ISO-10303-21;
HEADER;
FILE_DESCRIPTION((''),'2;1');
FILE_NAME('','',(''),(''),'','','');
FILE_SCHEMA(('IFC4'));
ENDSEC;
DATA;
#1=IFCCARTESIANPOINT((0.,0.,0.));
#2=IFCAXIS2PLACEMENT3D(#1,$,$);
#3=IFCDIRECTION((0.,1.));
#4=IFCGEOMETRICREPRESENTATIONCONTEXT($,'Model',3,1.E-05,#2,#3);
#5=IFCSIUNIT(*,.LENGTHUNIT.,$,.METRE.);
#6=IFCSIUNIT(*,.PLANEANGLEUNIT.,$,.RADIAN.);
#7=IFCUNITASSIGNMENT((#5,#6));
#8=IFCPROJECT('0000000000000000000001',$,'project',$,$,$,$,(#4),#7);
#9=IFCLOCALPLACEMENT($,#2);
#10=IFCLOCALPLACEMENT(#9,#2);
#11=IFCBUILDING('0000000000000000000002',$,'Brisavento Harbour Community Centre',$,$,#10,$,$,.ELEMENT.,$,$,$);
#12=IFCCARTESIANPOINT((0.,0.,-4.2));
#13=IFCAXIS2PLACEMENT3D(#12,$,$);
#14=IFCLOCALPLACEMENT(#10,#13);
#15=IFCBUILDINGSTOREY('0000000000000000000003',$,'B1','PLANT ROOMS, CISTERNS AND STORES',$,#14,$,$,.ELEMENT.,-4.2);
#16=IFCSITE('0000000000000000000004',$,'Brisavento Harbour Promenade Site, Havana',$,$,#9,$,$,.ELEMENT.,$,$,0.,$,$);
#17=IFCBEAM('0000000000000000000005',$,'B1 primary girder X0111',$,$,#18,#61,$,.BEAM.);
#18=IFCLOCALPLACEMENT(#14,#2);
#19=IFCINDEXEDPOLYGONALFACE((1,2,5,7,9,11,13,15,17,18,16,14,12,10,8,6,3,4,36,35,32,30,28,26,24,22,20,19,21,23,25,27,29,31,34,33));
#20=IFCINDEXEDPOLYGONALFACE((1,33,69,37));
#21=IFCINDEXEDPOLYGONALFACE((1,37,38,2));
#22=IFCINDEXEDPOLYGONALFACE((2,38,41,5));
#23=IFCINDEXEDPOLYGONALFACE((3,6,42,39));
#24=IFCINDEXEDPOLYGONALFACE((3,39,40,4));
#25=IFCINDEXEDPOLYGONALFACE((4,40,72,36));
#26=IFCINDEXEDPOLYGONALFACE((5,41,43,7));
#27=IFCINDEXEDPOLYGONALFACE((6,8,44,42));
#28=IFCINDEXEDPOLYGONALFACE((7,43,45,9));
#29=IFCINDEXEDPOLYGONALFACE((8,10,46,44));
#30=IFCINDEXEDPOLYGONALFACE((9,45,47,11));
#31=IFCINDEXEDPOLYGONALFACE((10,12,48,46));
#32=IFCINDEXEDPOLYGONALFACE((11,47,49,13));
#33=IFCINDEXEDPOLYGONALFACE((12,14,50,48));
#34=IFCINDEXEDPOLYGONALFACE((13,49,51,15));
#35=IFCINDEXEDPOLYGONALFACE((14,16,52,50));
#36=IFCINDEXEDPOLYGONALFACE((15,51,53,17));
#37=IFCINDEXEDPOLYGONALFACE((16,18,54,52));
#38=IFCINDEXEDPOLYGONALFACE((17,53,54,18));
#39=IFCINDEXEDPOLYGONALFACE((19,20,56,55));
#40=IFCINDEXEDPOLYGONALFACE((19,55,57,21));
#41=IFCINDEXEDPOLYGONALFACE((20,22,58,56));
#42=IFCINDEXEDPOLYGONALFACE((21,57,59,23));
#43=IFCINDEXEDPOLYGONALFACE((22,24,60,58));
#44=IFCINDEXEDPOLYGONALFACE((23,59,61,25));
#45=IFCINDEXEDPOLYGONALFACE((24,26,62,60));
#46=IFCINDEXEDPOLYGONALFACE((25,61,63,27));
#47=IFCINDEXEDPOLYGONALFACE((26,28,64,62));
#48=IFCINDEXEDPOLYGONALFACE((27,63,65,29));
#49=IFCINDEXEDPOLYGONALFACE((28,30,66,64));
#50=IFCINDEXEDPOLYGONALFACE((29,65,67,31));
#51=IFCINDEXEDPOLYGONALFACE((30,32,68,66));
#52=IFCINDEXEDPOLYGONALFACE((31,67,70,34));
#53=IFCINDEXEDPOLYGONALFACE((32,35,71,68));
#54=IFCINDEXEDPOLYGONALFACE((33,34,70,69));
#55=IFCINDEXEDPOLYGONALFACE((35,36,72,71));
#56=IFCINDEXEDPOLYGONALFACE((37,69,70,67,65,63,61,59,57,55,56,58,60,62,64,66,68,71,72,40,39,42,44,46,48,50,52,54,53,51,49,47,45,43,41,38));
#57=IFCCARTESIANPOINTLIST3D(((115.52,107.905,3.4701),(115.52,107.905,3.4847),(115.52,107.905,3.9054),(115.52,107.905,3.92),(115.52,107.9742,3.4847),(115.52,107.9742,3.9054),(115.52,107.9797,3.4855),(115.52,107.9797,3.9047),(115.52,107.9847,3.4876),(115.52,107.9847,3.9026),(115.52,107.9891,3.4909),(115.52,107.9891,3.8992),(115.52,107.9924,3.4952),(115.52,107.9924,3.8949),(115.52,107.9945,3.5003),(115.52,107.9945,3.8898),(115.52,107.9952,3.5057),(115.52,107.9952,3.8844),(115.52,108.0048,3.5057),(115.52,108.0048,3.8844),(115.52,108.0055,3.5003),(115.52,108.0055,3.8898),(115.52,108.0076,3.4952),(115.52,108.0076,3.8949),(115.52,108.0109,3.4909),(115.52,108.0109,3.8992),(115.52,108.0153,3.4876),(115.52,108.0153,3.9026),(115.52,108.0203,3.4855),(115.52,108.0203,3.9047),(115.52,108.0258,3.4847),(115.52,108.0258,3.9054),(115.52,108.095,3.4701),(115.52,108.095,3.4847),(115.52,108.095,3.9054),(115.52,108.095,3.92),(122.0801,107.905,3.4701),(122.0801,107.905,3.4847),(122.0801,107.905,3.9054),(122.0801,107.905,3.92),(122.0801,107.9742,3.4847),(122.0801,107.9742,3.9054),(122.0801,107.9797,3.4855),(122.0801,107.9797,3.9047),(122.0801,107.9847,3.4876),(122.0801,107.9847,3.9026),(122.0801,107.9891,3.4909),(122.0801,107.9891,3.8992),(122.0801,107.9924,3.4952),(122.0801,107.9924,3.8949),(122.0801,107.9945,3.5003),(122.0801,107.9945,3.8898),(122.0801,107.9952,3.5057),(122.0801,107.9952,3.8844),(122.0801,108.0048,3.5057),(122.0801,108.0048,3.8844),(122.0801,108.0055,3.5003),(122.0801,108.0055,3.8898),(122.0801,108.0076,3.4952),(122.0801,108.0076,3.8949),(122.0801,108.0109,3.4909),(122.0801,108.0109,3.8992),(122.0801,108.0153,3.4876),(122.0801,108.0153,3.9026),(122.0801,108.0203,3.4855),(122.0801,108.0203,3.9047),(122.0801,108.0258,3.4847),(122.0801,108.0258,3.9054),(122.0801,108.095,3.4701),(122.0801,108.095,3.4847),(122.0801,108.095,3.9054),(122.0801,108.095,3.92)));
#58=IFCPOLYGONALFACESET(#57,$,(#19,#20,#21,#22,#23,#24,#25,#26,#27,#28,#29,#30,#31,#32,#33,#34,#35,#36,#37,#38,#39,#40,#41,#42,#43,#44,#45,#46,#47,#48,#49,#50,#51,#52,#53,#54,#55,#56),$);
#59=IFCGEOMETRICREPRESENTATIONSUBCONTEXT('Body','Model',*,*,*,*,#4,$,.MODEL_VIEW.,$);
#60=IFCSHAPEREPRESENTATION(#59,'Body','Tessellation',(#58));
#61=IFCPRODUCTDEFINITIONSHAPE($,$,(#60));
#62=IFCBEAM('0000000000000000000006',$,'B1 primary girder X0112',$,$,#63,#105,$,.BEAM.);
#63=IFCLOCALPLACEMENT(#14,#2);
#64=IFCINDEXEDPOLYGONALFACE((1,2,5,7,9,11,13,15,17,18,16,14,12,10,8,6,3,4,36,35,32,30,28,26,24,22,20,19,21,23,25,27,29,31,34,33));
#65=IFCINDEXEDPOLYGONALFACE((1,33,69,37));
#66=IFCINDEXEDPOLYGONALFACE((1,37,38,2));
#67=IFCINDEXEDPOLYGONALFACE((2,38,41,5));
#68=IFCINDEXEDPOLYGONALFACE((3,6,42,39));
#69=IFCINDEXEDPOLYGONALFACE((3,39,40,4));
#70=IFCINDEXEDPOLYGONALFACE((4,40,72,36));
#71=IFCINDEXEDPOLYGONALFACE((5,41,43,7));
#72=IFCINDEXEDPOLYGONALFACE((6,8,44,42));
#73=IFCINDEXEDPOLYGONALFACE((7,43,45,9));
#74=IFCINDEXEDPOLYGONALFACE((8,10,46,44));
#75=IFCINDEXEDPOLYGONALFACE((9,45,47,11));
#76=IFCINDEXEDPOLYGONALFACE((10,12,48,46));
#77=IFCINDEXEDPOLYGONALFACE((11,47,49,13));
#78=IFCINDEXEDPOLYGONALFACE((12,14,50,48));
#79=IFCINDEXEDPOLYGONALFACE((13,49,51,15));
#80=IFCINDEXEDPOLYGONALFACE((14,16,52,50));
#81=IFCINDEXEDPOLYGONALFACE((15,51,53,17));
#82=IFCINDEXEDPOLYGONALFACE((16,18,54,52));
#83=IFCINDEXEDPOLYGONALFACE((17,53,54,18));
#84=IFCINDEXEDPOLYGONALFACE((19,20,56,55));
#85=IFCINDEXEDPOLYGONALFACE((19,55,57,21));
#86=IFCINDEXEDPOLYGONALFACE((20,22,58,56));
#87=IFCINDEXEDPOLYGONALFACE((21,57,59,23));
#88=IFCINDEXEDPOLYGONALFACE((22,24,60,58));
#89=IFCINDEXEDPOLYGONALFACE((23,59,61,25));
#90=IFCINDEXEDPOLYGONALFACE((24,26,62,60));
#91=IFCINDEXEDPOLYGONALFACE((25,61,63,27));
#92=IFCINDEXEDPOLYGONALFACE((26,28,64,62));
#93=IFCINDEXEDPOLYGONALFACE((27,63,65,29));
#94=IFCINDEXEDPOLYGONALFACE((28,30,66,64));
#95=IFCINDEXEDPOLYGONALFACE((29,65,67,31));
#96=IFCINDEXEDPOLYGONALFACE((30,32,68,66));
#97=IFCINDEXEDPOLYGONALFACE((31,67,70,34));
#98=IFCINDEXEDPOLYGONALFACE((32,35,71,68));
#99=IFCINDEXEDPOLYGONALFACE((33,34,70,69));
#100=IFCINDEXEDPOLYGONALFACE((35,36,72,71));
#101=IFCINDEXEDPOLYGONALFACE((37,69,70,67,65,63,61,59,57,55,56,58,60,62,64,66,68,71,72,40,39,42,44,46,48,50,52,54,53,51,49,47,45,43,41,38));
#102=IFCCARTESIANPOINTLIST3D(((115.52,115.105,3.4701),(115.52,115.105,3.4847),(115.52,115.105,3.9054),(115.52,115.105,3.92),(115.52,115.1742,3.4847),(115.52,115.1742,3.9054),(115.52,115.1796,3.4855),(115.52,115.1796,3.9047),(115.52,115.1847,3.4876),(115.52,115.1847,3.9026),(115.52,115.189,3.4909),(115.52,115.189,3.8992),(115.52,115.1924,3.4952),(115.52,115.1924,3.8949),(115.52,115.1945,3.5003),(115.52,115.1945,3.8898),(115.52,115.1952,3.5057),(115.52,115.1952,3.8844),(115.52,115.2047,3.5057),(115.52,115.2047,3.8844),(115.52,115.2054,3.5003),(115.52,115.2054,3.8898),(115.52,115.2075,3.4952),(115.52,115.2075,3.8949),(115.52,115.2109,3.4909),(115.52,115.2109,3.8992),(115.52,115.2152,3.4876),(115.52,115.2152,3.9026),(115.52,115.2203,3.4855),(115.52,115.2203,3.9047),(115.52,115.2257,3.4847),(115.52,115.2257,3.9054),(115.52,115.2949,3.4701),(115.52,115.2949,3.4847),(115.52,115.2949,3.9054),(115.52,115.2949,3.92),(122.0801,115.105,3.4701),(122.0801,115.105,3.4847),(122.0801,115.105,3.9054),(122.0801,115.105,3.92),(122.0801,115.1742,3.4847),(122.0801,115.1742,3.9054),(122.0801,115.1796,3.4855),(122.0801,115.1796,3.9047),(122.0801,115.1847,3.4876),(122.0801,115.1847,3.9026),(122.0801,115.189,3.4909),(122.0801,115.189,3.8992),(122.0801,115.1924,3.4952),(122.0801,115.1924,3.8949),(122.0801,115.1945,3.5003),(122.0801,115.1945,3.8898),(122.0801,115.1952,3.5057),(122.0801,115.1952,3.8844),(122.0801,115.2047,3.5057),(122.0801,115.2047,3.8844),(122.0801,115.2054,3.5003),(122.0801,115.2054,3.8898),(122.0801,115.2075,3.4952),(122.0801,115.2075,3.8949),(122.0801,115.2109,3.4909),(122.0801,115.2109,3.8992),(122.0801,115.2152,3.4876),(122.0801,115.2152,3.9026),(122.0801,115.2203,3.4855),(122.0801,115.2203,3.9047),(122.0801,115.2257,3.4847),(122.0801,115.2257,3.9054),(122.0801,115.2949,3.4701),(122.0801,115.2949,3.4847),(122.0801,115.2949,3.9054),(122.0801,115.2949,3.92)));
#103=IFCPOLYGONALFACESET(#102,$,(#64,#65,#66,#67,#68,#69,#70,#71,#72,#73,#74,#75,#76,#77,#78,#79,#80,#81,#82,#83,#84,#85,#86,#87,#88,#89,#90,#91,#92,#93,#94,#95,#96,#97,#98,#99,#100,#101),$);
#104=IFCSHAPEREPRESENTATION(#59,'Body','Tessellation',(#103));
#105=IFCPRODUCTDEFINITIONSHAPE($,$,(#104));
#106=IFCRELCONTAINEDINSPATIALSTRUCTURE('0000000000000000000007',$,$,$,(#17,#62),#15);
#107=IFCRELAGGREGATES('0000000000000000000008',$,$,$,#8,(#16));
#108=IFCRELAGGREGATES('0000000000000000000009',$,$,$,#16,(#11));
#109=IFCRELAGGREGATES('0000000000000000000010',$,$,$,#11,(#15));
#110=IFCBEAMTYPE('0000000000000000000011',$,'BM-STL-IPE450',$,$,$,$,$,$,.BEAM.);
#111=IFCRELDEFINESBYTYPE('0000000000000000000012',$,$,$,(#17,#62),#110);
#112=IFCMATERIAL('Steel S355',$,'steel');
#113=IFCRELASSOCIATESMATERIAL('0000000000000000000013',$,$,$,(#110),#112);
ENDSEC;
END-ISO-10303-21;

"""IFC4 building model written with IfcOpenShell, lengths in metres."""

from ifc_helpers import new_model, si_unit, direction, frame, origin, origin_2d, place, context, subcontext, project, spatial, i_section, extrude, material, material_profile, profile_set, type_object, element, save


model = new_model("IFC4")

# Units and contexts
model_context = context("Model", 3, precision=1e-05, world=origin(), true_north=direction((0.0, 1.0)))
body_context = subcontext(model_context, "Body", "Model", "MODEL_VIEW")
ifc_project = project(units=[si_unit("LENGTHUNIT", "METRE"), si_unit("PLANEANGLEUNIT", "RADIAN")], contexts=[model_context])

# Site, building, storey
site_placement = place(None, origin())
site = spatial("IfcSite", under=ifc_project, at=site_placement, Name="Brisavento Harbour Promenade Site, Havana", CompositionType="ELEMENT", RefElevation=0.0)
building_placement = place(site_placement, origin())
building = spatial("IfcBuilding", under=site, at=building_placement, Name="Brisavento Harbour Community Centre", CompositionType="ELEMENT")
storey_placement = place(building_placement, frame((0.0, 0.0, -4.2)))
storey = spatial("IfcBuildingStorey", under=building, at=storey_placement, Name="B1", Description="PLANT ROOMS, CISTERNS AND STORES", CompositionType="ELEMENT", Elevation=-4.2)

# Beams
ifc_material_1 = material(Name="Steel S355", Category="steel")
ifc_material_profile_1 = material_profile(ifc_material_1, i_section(OverallWidth=0.1899, OverallDepth=0.45, WebThickness=0.0095, FlangeThickness=0.0146, FilletRadius=0.021, at=origin_2d()), Name="Steel S355")
ifc_profile_set_1 = profile_set([ifc_material_profile_1], Name="Steel S355")
beam_type_1 = type_object("IfcBeamType", Name="BM-STL-IPE450", PredefinedType="BEAM", material=ifc_profile_set_1)
for number, where, z_axis, x_axis, name in (
    (1, (115.52, 108.0, 3.6951), (1.0, 0.0, 0.0), (0.0, 1.0, 0.0), "B1 primary girder X0111"),
    (2, (115.52, 115.2, 3.6951), (1.0, 0.0, 0.0), (0.0, 1.0, 0.0), "B1 primary girder X0112"),
):
    element("IfcBeam", number, at=place(storey_placement, frame(where, z_axis=z_axis, x_axis=x_axis)), inside=storey, type_object=beam_type_1, Name=name, PredefinedType="BEAM", context=body_context, shape_type="SweptSolid", body=[
        extrude(i_section(OverallWidth=0.1899, OverallDepth=0.45, WebThickness=0.0095, FlangeThickness=0.0146, FilletRadius=0.021, at=origin_2d()), origin(), (0.0, 0.0, 1.0), 6.5601),
    ])

save(model, "model.ifc")
